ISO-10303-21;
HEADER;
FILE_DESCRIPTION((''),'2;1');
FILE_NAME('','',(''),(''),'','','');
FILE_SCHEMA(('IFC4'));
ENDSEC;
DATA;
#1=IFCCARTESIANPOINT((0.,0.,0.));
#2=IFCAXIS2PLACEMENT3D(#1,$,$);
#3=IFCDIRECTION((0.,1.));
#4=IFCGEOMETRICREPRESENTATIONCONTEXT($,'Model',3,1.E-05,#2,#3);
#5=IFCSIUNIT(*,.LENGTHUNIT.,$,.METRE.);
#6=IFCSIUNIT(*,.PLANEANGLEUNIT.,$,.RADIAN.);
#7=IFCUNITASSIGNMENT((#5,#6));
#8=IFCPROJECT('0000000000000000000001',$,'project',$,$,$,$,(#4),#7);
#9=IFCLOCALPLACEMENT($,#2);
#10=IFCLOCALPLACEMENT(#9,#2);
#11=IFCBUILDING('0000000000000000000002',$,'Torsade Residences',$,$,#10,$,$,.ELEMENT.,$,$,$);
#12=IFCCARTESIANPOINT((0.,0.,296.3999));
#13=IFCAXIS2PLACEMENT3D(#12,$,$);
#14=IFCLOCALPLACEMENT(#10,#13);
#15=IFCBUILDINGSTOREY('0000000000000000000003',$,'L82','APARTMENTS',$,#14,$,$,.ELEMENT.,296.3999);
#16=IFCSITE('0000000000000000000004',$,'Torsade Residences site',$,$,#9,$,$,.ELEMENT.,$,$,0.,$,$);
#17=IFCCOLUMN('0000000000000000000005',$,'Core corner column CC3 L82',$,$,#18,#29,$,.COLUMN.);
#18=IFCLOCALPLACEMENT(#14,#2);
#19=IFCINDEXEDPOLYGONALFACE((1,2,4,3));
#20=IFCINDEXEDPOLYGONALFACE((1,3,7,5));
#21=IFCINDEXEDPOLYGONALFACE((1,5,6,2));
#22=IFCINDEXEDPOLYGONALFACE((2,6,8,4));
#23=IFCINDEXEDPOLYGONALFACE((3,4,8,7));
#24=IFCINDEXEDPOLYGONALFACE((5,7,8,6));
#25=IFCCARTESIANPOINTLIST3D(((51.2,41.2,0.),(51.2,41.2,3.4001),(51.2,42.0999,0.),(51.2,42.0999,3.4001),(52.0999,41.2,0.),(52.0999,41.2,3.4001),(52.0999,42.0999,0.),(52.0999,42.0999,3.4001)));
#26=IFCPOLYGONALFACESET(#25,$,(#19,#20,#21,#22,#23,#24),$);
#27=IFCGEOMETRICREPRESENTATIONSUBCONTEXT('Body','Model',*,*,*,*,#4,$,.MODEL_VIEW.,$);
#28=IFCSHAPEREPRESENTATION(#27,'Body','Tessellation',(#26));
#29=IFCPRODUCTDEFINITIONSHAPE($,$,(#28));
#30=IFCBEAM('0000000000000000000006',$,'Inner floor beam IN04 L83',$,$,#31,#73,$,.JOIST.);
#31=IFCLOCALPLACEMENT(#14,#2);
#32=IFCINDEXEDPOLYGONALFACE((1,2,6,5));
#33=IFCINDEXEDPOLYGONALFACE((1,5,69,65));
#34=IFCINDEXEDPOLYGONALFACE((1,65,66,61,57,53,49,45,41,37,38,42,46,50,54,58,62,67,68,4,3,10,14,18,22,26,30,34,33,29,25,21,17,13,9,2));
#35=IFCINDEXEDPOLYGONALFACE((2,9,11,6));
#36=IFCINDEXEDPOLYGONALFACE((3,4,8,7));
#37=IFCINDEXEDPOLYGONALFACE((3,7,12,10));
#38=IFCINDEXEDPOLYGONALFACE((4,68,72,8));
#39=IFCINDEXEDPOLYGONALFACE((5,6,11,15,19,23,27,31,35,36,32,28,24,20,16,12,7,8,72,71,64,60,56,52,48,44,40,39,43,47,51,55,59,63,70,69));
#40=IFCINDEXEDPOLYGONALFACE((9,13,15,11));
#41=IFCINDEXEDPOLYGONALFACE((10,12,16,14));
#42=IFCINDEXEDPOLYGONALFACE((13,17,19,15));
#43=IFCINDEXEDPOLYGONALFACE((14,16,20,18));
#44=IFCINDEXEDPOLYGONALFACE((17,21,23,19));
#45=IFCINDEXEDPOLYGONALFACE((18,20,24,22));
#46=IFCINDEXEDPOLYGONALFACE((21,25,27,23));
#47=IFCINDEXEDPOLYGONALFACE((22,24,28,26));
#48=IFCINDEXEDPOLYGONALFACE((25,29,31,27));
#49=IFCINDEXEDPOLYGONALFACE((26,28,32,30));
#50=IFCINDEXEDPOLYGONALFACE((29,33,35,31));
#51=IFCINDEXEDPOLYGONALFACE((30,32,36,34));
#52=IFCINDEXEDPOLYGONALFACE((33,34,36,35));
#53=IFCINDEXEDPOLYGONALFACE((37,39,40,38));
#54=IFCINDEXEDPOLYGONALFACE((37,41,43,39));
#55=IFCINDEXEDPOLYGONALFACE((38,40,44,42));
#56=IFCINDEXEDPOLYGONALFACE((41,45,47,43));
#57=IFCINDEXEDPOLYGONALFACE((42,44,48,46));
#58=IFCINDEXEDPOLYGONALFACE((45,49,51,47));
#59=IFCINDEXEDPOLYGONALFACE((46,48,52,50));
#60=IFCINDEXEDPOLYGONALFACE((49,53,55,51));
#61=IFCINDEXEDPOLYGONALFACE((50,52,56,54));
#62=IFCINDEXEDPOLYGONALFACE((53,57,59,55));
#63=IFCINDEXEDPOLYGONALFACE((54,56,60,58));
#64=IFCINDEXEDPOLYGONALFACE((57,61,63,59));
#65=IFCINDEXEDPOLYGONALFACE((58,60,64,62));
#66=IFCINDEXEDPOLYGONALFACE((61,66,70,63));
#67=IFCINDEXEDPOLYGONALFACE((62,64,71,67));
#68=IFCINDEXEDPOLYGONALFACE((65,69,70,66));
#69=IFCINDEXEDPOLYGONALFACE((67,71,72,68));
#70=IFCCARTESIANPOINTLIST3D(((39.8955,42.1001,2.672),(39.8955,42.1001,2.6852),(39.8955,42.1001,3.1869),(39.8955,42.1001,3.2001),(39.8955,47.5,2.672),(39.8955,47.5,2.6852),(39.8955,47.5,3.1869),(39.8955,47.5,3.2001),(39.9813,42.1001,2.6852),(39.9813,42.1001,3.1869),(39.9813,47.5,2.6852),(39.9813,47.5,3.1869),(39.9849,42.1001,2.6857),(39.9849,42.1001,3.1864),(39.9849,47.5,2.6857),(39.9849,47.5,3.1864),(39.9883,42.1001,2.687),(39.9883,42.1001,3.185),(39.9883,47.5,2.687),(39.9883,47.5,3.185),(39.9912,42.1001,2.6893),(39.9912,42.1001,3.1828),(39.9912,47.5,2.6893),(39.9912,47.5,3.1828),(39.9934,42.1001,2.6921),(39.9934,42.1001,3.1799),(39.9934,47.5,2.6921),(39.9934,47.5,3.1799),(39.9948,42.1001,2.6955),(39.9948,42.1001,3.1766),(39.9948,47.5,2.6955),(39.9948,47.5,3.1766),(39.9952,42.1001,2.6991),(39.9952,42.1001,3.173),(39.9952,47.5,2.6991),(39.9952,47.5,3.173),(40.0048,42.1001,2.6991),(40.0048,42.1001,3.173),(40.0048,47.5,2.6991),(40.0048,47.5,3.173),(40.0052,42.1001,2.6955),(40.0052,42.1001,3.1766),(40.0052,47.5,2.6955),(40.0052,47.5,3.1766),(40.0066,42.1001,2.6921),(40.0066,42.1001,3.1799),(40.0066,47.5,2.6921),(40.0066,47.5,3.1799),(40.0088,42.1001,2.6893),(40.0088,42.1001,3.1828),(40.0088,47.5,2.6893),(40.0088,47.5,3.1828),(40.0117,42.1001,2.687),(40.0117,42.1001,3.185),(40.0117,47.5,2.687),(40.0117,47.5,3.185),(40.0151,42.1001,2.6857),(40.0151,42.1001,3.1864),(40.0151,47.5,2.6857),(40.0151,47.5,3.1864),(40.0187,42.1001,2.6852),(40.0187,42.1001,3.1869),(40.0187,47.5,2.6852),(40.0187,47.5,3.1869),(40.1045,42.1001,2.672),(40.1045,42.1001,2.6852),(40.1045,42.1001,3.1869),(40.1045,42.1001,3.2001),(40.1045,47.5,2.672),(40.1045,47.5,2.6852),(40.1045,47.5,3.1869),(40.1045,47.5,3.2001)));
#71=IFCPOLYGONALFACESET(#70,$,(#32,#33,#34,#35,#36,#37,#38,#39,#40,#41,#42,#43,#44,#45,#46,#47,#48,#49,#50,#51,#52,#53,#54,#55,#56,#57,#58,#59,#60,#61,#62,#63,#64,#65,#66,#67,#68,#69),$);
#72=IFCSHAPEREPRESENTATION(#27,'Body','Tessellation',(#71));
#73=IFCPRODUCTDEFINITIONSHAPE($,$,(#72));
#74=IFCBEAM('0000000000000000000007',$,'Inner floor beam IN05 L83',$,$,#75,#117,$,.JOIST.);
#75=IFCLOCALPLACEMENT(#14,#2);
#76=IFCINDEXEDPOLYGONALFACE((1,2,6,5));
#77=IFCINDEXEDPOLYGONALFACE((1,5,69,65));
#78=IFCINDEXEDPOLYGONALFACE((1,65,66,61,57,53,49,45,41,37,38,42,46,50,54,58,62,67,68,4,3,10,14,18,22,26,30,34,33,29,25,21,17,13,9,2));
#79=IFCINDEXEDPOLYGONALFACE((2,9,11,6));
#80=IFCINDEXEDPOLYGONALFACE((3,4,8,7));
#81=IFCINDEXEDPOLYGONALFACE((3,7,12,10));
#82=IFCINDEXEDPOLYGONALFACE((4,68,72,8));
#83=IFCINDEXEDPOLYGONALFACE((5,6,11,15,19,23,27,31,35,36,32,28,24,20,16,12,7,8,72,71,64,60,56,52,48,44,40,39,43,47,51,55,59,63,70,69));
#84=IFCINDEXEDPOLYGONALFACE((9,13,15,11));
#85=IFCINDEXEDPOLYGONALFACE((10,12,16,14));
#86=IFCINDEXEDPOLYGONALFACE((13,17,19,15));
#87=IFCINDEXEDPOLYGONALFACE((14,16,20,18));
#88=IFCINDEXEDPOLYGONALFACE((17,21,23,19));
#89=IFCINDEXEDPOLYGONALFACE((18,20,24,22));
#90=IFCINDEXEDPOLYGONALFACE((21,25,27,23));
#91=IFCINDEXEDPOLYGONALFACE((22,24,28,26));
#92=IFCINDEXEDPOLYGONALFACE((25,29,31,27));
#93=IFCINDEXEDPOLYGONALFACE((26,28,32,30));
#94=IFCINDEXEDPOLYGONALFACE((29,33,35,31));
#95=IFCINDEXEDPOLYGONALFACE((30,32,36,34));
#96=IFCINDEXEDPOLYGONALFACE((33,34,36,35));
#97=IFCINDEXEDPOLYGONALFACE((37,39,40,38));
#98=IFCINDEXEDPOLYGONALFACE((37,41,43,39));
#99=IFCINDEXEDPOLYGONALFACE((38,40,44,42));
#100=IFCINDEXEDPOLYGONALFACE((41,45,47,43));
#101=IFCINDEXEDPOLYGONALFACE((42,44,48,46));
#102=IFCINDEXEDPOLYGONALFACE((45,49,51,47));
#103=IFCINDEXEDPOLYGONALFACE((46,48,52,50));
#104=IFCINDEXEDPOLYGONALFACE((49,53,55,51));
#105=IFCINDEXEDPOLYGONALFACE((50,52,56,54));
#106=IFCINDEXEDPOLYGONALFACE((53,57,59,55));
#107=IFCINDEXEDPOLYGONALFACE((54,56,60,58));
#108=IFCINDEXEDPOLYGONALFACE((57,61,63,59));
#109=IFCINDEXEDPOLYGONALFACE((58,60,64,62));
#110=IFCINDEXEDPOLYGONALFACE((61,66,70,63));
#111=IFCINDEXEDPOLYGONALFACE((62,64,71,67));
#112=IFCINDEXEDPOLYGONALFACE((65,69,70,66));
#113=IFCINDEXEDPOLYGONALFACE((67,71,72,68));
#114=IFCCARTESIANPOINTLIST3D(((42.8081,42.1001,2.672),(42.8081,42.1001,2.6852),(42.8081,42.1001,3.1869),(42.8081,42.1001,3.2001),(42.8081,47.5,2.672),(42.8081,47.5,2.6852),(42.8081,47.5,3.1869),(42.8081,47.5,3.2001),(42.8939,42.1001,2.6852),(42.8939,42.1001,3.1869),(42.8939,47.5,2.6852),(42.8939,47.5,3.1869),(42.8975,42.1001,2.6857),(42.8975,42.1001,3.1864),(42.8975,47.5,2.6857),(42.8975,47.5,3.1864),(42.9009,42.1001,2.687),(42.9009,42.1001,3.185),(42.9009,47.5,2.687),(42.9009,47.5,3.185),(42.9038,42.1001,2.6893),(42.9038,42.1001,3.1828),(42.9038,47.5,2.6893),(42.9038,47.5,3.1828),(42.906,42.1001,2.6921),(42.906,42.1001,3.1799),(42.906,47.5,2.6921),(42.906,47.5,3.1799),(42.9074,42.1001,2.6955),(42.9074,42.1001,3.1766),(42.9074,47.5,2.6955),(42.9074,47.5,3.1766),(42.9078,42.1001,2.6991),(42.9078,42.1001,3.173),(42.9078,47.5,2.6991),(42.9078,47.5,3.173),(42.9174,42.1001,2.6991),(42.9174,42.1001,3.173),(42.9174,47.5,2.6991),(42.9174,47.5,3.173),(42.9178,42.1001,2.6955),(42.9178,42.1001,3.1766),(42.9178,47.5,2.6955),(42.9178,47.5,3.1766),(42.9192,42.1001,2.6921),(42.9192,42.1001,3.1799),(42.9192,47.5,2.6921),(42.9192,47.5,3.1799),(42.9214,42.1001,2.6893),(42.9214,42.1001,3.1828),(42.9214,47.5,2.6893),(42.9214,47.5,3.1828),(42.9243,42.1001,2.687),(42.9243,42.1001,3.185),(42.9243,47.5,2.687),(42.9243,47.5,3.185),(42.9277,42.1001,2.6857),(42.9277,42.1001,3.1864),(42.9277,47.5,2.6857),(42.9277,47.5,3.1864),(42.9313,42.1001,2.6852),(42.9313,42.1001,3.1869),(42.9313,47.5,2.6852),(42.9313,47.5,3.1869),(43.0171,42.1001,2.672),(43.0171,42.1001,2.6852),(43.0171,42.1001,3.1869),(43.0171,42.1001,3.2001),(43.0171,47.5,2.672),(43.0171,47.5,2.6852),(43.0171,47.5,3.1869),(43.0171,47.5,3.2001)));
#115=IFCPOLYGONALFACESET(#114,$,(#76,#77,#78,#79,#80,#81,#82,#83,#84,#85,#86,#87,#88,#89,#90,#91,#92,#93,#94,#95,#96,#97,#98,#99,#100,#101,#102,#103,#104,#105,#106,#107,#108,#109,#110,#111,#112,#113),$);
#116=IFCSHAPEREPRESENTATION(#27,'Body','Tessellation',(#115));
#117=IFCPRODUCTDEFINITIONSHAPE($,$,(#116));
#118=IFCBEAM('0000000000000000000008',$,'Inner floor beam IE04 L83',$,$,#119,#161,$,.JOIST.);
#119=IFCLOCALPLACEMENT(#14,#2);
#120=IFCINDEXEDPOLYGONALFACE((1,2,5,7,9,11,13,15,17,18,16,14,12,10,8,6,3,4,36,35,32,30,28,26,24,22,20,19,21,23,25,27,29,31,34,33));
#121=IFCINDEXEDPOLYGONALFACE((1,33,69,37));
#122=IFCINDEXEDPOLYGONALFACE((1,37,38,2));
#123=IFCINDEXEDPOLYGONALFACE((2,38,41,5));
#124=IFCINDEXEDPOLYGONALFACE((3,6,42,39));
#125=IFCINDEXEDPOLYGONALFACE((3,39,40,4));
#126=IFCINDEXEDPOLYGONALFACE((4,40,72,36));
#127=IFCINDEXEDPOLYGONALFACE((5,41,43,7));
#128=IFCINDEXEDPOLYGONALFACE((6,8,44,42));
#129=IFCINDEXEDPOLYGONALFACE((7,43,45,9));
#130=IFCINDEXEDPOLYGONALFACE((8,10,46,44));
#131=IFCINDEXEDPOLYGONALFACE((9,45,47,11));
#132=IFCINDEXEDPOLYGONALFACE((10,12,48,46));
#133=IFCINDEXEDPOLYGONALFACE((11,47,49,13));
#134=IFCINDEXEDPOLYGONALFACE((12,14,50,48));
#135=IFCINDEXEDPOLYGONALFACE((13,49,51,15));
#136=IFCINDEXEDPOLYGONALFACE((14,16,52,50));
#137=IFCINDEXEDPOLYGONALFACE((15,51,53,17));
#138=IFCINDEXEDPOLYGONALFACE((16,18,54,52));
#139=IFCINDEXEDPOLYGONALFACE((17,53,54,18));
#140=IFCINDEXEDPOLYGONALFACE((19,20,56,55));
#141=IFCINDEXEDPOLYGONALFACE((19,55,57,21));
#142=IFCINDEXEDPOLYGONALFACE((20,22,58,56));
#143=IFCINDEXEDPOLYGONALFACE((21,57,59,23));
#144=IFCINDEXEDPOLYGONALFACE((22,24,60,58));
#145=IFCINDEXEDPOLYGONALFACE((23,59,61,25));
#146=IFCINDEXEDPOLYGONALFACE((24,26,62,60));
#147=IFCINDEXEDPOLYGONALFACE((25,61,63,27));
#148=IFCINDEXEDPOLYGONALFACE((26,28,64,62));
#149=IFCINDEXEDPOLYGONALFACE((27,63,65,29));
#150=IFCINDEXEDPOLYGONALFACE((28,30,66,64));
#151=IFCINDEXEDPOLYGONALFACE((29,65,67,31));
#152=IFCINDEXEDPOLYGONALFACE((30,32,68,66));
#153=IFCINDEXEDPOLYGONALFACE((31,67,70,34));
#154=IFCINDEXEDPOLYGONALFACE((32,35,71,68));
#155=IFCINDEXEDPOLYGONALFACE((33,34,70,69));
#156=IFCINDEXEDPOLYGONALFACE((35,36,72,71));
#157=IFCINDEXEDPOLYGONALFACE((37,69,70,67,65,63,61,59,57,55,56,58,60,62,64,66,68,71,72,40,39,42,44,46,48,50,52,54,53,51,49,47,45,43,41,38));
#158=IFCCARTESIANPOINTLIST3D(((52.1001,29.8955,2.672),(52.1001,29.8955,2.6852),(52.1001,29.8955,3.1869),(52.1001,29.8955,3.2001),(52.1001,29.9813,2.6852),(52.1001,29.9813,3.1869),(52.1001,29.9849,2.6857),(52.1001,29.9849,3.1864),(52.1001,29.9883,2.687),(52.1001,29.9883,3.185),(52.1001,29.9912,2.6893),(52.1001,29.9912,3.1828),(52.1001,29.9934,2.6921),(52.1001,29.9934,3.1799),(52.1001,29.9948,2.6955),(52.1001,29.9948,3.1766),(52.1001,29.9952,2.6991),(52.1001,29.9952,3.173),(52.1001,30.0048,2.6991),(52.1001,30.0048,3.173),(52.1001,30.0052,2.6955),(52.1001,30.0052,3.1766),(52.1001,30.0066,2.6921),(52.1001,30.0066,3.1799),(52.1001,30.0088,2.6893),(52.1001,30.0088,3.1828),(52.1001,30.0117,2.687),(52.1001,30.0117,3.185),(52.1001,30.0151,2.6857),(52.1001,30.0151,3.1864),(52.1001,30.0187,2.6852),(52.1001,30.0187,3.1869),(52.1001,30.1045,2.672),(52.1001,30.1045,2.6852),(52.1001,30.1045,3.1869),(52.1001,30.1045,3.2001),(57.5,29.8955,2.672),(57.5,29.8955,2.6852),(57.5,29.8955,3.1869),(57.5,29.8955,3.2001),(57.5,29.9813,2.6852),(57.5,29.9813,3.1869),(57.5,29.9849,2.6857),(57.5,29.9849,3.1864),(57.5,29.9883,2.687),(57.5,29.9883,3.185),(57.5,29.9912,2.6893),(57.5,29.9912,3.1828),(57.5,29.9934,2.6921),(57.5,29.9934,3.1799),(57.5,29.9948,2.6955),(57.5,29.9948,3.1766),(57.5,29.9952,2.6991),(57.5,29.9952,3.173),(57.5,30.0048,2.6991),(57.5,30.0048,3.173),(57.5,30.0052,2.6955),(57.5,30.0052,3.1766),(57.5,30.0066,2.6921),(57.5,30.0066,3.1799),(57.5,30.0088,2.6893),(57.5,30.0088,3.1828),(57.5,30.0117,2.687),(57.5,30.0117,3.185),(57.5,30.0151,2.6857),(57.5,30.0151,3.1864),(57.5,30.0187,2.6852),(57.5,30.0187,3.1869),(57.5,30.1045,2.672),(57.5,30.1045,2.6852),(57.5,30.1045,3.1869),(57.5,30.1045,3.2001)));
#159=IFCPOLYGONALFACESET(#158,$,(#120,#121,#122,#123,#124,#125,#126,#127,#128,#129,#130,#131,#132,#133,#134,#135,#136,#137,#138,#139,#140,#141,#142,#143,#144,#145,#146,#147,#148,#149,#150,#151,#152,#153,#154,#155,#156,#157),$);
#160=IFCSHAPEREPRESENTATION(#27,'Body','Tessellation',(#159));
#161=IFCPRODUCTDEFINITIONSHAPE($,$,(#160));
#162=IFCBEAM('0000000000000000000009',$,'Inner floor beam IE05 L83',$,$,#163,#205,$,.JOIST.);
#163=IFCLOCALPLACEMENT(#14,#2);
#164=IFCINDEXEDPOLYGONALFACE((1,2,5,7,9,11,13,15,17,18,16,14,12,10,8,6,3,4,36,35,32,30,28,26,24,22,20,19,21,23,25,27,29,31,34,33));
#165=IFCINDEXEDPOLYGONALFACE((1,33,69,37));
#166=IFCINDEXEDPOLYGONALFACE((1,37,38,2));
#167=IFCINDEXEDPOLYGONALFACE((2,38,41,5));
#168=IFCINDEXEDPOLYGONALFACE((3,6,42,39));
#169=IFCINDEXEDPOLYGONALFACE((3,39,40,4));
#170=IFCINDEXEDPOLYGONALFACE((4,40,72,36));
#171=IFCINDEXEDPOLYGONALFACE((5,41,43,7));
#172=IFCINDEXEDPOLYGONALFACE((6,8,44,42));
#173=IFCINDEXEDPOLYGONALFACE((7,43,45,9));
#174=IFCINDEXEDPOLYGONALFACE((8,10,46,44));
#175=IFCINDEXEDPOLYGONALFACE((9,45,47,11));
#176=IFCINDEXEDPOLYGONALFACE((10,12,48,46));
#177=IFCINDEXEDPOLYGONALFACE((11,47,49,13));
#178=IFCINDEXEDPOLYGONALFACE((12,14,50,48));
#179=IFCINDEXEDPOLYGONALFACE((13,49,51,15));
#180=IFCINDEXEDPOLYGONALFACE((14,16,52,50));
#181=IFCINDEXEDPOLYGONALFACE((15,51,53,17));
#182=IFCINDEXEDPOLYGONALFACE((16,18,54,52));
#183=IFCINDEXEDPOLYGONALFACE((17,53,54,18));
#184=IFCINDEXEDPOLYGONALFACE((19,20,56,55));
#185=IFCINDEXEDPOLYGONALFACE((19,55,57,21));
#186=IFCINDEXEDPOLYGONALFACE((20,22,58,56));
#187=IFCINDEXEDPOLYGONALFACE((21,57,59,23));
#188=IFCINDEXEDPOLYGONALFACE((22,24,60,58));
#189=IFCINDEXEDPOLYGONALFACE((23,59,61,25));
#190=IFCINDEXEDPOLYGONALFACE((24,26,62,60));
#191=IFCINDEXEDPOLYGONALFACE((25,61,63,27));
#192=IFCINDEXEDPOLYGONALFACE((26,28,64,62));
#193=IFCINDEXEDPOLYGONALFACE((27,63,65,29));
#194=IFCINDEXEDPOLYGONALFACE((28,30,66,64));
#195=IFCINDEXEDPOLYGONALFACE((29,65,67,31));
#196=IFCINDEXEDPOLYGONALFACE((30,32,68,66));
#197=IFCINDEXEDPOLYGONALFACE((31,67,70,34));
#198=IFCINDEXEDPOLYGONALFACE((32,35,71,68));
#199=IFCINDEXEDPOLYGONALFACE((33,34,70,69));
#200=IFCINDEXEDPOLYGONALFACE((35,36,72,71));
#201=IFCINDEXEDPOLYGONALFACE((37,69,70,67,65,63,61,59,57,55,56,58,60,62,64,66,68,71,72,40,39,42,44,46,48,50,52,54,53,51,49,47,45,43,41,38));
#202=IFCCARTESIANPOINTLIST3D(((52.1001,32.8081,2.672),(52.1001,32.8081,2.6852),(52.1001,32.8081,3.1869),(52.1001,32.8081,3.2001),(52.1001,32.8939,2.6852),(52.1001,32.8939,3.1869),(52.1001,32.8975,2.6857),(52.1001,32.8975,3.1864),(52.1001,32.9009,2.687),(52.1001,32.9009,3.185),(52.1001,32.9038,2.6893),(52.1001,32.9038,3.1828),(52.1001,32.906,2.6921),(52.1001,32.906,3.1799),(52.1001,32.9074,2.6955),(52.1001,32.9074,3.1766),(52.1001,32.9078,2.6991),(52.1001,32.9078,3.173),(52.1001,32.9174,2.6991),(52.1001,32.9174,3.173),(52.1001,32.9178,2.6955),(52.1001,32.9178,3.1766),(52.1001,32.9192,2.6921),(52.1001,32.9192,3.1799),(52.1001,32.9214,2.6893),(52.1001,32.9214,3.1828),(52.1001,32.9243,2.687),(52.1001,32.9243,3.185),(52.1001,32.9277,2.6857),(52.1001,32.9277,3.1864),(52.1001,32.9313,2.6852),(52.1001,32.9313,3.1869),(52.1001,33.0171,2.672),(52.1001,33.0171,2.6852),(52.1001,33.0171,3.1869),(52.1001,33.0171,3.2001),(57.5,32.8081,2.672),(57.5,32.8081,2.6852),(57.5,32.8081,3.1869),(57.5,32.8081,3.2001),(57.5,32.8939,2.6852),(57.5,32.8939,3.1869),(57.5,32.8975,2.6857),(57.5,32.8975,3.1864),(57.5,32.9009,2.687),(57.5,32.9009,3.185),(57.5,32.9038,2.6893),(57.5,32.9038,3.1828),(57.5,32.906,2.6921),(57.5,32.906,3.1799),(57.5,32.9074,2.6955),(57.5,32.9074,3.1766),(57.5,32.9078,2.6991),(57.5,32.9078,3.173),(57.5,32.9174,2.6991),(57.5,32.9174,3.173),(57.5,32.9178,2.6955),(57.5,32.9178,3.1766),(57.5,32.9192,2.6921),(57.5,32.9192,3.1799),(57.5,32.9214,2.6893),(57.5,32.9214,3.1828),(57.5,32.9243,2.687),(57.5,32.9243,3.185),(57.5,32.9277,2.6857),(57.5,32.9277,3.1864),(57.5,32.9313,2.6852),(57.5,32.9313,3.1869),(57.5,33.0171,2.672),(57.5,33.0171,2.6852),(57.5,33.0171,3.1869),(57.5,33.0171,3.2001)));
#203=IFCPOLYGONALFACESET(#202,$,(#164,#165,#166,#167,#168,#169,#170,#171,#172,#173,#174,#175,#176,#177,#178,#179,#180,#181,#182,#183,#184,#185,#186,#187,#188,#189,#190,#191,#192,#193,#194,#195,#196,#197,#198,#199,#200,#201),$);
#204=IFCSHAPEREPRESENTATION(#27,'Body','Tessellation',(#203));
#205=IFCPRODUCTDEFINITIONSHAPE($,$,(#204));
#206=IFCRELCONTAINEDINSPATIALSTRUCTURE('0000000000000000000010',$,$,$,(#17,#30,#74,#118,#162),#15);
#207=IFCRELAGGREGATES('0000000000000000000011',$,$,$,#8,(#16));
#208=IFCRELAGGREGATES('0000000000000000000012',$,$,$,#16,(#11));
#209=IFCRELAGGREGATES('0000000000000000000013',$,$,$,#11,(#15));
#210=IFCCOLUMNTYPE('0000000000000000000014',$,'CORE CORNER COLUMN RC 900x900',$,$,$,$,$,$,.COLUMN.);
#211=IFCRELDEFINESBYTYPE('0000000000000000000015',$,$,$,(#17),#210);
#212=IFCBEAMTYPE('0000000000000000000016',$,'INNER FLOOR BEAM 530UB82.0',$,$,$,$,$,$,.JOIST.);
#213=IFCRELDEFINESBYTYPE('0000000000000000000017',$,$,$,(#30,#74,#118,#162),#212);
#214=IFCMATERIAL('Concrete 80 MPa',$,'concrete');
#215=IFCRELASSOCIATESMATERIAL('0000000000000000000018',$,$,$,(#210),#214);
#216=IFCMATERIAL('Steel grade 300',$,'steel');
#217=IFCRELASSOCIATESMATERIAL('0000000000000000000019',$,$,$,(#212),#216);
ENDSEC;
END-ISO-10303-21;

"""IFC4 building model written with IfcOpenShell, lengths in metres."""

from ifc_helpers import new_model, si_unit, direction, frame, origin, origin_2d, place, context, subcontext, project, spatial, rectangle, i_section, extrude, material, material_profile, profile_set, type_object, element, save


model = new_model("IFC4")

# Units and contexts
model_context = context("Model", 3, precision=1e-05, world=origin(), true_north=direction((0.0, 1.0)))
body_context = subcontext(model_context, "Body", "Model", "MODEL_VIEW")
ifc_project = project(units=[si_unit("LENGTHUNIT", "METRE"), si_unit("PLANEANGLEUNIT", "RADIAN")], contexts=[model_context])

# Site, building, storey
site_placement = place(None, origin())
site = spatial("IfcSite", under=ifc_project, at=site_placement, Name="Torsade Residences site", CompositionType="ELEMENT", RefElevation=0.0)
building_placement = place(site_placement, origin())
building = spatial("IfcBuilding", under=site, at=building_placement, Name="Torsade Residences", CompositionType="ELEMENT")
storey_placement = place(building_placement, frame((0.0, 0.0, 296.3999)))
storey = spatial("IfcBuildingStorey", under=building, at=storey_placement, Name="L82", Description="APARTMENTS", CompositionType="ELEMENT", Elevation=296.3999)

# Column
ifc_material_1 = material(Name="Concrete 80 MPa", Category="concrete")
ifc_material_profile_1 = material_profile(ifc_material_1, rectangle(XDim=0.8999, YDim=0.8999, at=origin_2d()), Name="RC 900x900")
ifc_profile_set_1 = profile_set([ifc_material_profile_1], Name="Concrete 80 MPa")
column_type = type_object("IfcColumnType", Name="CORE CORNER COLUMN RC 900x900", PredefinedType="COLUMN", material=ifc_profile_set_1)
column_placement = place(storey_placement, frame((51.6499, 41.6499, 0.0), z_axis=(0.0, 0.0, 1.0), x_axis=(1.0, 0.0, 0.0)))
element("IfcColumn", 1, at=column_placement, inside=storey, type_object=column_type, Name="Core corner column CC3 L82", PredefinedType="COLUMN", context=body_context, shape_type="SweptSolid", body=[
    extrude(rectangle(XDim=0.8999, YDim=0.8999, at=origin_2d()), origin(), (0.0, 0.0, 1.0), 3.4001),
])

# Beams
ifc_material_2 = material(Name="Steel grade 300", Category="steel")
ifc_material_profile_2 = material_profile(ifc_material_2, i_section(OverallWidth=0.209, OverallDepth=0.5281, WebThickness=0.0095, FlangeThickness=0.0132, FilletRadius=0.0139, at=origin_2d()), Name="530UB82.0")
ifc_profile_set_2 = profile_set([ifc_material_profile_2], Name="Steel grade 300")
beam_type = type_object("IfcBeamType", Name="INNER FLOOR BEAM 530UB82.0", PredefinedType="JOIST", material=ifc_profile_set_2)
for number, where, z_axis, x_axis, name in (
    (2, (40.0, 42.1001, 2.936), (0.0, 1.0, 0.0), (-1.0, 0.0, 0.0), "Inner floor beam IN04 L83"),
    (3, (42.9126, 42.1001, 2.936), (0.0, 1.0, 0.0), (-1.0, 0.0, 0.0), "Inner floor beam IN05 L83"),
    (4, (52.1001, 30.0, 2.936), (1.0, 0.0, 0.0), (0.0, 1.0, 0.0), "Inner floor beam IE04 L83"),
    (5, (52.1001, 32.9126, 2.936), (1.0, 0.0, 0.0), (0.0, 1.0, 0.0), "Inner floor beam IE05 L83"),
):
    element("IfcBeam", number, at=place(storey_placement, frame(where, z_axis=z_axis, x_axis=x_axis)), inside=storey, type_object=beam_type, Name=name, PredefinedType="JOIST", context=body_context, shape_type="SweptSolid", body=[
        extrude(i_section(OverallWidth=0.209, OverallDepth=0.5281, WebThickness=0.0095, FlangeThickness=0.0132, FilletRadius=0.0139, at=origin_2d()), origin(), (0.0, 0.0, 1.0), 5.3999),
    ])

save(model, "model.ifc")
